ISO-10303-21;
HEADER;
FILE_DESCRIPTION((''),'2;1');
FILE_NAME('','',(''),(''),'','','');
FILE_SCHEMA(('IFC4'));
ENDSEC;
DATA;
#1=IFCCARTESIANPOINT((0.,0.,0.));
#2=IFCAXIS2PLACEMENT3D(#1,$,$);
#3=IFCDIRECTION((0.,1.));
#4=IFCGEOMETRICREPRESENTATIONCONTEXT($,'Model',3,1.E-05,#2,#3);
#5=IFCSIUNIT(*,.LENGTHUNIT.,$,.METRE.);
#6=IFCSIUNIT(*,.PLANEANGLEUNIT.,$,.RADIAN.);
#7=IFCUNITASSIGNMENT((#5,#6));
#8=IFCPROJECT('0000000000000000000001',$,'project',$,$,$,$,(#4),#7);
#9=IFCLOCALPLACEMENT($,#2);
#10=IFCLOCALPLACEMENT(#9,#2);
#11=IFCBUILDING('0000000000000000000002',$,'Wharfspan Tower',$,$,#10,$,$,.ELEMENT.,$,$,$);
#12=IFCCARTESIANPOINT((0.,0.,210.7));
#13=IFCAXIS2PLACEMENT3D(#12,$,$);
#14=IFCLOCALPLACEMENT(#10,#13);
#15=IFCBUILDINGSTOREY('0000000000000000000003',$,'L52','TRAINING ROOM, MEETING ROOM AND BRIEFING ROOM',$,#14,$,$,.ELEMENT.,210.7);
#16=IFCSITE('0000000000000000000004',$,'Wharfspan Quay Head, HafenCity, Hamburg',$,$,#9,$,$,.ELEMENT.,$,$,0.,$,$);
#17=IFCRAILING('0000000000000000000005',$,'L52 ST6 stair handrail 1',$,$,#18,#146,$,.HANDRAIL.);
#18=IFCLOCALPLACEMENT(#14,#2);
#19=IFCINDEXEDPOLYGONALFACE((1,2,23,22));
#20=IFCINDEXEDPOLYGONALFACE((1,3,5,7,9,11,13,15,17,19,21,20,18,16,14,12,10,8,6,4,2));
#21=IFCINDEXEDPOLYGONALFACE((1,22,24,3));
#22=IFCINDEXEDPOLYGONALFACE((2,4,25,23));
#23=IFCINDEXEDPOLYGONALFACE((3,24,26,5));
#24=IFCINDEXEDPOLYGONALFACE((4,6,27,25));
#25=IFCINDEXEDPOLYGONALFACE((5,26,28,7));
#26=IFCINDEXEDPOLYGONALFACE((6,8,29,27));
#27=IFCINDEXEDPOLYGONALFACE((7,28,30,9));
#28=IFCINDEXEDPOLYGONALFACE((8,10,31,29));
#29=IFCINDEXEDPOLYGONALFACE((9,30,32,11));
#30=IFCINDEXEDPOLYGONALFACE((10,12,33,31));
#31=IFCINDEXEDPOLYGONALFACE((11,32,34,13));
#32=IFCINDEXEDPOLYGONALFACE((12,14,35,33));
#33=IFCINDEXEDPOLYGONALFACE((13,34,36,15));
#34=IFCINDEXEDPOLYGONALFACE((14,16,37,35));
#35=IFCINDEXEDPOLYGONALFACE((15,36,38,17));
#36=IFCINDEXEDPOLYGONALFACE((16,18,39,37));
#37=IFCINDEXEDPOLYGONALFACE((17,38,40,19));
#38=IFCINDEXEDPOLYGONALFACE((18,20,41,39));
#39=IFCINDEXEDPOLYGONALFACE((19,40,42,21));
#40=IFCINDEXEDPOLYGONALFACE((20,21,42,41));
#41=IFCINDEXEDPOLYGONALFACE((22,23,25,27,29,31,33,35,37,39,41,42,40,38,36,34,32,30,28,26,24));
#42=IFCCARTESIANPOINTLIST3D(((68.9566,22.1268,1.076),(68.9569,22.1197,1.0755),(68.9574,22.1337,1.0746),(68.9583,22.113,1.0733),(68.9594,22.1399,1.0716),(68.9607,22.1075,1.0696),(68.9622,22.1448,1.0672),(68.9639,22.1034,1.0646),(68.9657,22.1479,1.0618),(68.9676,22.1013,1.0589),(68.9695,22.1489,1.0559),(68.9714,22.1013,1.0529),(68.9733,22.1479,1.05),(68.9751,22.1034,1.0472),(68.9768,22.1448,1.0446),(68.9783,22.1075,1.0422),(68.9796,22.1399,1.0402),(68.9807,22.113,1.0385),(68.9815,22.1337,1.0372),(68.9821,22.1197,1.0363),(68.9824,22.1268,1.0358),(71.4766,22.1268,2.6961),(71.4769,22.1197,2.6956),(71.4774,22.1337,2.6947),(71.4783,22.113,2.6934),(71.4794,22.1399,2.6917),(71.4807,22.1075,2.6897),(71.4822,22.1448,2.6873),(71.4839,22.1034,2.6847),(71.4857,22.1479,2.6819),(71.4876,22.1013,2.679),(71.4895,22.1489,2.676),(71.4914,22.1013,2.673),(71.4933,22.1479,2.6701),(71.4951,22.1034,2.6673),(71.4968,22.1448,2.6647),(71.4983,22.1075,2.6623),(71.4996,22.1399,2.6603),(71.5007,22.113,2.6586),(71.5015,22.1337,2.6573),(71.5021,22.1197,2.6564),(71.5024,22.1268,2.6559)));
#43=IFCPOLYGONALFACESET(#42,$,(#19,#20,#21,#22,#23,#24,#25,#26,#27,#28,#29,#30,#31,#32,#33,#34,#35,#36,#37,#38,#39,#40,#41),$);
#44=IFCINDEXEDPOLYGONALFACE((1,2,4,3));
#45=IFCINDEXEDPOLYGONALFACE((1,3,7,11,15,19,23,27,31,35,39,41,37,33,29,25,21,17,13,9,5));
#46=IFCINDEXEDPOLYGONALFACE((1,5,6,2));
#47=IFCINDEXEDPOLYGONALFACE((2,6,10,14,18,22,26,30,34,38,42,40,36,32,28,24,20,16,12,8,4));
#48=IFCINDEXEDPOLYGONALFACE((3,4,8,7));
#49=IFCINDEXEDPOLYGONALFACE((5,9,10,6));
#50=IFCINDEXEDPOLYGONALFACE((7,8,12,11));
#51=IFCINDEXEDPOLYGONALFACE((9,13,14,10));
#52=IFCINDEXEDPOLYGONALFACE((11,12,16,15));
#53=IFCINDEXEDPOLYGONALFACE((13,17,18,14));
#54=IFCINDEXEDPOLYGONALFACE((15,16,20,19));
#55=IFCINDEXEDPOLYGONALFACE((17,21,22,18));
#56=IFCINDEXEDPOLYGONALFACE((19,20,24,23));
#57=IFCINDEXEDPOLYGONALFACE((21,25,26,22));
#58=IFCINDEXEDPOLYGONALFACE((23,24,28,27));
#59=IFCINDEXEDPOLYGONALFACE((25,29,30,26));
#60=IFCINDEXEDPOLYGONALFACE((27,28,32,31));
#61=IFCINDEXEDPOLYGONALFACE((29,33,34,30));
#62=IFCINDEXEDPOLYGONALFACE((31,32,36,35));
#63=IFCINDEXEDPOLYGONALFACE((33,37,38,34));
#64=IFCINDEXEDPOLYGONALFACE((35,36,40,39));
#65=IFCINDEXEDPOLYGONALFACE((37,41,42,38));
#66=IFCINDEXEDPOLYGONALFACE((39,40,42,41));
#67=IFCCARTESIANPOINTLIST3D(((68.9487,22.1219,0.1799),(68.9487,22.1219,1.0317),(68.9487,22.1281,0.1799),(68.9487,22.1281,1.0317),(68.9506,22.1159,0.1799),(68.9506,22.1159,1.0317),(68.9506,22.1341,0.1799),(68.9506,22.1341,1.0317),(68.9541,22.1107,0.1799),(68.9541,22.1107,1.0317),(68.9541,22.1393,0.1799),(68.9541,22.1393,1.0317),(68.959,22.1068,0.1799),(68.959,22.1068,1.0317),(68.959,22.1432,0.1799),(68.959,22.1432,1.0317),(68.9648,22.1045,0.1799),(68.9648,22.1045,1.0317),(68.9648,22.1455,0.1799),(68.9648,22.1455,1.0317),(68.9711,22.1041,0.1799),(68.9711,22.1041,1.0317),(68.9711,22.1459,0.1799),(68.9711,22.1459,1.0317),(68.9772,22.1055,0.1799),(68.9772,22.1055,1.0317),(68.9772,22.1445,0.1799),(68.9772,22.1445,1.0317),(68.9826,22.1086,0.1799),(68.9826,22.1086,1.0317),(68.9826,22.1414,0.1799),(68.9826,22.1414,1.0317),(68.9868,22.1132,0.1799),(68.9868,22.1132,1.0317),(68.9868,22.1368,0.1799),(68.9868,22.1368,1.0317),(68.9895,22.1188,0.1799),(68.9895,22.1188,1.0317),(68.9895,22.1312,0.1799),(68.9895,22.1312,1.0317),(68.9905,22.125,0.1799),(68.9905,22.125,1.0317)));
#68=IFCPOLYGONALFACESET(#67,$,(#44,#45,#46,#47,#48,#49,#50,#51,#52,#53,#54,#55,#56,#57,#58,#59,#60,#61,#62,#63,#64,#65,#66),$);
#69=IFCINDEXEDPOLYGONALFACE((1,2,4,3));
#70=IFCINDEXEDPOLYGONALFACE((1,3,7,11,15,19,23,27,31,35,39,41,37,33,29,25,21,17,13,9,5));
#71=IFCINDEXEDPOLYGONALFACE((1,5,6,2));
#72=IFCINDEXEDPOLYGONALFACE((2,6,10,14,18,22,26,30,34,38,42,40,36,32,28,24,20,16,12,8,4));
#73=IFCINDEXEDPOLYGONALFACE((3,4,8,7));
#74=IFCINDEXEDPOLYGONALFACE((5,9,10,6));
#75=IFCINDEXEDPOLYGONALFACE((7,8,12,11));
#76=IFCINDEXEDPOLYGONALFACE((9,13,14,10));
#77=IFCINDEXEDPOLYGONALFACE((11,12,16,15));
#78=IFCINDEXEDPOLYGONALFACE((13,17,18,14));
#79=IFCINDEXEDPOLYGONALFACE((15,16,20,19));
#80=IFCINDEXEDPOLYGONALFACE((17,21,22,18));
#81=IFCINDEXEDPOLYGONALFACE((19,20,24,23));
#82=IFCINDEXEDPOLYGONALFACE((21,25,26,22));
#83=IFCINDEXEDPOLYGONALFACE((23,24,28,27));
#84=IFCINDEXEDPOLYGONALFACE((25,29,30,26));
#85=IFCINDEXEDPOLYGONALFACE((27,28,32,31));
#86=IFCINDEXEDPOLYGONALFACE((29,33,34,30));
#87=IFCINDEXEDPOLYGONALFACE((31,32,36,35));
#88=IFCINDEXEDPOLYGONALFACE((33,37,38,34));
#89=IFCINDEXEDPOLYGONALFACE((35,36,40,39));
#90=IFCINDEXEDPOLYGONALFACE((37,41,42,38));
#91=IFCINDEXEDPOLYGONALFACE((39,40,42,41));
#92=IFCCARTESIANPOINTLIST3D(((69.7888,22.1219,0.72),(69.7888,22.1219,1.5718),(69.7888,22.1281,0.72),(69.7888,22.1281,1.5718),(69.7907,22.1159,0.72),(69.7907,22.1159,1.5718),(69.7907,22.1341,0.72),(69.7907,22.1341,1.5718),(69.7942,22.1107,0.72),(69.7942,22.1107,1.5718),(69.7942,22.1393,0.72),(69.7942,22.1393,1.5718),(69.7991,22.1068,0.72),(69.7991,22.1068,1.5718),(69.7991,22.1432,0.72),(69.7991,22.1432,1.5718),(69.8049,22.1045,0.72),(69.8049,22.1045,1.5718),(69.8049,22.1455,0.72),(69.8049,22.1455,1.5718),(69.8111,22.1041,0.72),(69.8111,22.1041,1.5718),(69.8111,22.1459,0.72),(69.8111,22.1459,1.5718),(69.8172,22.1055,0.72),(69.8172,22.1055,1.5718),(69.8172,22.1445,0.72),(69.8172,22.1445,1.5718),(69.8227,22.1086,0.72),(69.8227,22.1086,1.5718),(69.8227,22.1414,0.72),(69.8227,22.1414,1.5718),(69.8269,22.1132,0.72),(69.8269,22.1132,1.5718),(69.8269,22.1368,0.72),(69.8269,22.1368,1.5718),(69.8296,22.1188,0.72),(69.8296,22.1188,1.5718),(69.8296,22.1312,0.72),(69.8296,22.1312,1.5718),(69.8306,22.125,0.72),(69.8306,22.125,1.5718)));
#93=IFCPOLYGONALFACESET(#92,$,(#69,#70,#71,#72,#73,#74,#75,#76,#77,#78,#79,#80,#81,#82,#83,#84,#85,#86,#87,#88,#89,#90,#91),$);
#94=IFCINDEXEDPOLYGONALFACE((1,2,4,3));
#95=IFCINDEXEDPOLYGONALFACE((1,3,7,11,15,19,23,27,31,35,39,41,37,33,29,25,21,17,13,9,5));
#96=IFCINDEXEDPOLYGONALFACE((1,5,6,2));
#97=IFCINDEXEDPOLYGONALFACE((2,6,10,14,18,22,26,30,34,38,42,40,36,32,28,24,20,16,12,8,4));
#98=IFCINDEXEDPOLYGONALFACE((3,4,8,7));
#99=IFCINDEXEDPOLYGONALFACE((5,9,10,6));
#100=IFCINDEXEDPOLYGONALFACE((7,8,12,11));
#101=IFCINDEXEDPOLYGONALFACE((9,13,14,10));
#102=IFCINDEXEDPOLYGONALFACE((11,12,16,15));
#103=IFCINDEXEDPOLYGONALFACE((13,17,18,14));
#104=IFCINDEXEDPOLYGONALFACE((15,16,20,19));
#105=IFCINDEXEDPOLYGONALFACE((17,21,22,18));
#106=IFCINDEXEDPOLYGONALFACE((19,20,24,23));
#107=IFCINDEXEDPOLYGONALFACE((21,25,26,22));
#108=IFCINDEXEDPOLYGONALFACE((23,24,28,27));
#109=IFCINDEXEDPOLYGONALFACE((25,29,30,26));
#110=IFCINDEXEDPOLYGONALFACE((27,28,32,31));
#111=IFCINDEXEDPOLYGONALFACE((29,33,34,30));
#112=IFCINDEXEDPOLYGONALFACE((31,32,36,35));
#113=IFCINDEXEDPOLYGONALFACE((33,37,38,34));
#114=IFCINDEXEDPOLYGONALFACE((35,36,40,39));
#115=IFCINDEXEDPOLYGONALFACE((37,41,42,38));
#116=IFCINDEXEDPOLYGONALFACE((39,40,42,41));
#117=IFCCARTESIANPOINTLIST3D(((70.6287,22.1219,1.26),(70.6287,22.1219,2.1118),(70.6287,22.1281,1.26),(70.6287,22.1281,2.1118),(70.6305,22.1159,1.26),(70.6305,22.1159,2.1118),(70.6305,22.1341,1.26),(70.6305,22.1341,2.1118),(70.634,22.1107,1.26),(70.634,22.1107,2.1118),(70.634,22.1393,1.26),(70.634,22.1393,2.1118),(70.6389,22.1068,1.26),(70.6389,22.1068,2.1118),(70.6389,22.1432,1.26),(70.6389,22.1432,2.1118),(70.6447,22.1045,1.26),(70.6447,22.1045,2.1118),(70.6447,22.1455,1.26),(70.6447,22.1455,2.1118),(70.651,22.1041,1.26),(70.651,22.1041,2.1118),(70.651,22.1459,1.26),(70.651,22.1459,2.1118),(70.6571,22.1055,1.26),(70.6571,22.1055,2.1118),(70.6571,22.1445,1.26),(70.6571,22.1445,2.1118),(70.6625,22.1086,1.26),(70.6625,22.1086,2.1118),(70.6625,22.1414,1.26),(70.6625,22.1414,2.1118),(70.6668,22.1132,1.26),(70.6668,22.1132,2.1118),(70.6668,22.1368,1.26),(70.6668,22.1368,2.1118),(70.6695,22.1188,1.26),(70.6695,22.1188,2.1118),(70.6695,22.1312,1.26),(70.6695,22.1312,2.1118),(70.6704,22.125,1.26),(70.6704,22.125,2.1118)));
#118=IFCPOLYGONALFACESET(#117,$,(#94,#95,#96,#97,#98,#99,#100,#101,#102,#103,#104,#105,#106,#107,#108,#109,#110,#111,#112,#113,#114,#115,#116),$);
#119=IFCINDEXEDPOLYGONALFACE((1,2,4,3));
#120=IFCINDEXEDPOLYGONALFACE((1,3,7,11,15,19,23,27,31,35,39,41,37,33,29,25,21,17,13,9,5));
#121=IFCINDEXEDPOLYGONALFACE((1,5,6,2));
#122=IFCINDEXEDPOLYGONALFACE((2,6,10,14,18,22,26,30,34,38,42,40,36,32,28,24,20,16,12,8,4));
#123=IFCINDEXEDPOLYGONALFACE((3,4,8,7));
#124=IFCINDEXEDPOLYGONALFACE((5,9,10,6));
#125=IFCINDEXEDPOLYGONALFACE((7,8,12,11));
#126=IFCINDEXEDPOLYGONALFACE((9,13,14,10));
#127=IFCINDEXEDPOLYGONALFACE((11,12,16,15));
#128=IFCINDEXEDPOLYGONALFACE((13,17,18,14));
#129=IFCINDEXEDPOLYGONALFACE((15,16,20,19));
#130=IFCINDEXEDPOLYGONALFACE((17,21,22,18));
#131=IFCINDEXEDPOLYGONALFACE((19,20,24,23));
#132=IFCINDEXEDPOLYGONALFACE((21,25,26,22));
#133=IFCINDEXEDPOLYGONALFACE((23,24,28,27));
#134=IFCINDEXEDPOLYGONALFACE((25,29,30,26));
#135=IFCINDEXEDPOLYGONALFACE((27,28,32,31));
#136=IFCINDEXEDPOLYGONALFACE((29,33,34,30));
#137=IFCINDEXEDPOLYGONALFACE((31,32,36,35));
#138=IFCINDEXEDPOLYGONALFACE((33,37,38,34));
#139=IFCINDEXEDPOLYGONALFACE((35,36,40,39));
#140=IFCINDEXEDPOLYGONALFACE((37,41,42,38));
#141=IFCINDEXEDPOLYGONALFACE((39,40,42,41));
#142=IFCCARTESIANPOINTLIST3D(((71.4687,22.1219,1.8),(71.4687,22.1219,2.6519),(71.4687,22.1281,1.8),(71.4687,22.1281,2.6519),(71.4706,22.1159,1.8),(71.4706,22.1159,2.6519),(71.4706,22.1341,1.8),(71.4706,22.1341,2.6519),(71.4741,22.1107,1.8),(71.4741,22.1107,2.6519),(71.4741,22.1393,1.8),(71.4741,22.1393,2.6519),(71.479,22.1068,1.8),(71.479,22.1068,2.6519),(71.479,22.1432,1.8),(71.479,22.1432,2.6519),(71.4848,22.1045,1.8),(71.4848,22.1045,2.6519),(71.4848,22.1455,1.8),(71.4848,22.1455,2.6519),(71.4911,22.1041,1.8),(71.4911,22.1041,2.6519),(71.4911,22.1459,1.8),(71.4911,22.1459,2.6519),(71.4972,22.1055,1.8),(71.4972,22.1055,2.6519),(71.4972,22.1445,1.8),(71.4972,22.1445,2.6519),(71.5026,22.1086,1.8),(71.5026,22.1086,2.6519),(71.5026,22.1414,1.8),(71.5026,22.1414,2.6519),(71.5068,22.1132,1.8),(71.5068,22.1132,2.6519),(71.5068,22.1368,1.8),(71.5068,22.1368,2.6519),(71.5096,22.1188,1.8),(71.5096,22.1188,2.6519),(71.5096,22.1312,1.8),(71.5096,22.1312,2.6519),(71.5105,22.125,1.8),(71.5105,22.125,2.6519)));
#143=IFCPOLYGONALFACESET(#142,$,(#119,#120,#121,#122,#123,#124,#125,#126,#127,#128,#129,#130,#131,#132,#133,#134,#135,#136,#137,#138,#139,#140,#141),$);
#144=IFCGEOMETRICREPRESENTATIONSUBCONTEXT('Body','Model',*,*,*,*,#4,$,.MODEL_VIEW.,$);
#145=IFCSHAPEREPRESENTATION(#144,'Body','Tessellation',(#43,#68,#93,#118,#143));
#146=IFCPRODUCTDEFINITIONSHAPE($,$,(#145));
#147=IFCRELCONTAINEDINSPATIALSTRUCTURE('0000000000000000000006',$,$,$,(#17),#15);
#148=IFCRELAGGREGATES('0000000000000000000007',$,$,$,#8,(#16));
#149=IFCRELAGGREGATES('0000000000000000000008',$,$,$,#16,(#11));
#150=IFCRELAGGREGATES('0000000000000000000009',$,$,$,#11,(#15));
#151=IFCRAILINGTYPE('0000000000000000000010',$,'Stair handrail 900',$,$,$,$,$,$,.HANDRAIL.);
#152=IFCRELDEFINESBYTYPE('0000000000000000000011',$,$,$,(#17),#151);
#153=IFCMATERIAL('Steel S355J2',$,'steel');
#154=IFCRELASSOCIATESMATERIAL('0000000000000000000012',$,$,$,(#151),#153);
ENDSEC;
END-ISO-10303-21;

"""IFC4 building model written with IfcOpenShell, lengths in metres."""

from ifc_helpers import new_model, si_unit, direction, frame, origin, origin_2d, place, context, subcontext, project, spatial, circle, extrude, material, type_object, element, save


model = new_model("IFC4")

# Units and contexts
model_context = context("Model", 3, precision=1e-05, world=origin(), true_north=direction((0.0, 1.0)))
body_context = subcontext(model_context, "Body", "Model", "MODEL_VIEW")
ifc_project = project(units=[si_unit("LENGTHUNIT", "METRE"), si_unit("PLANEANGLEUNIT", "RADIAN")], contexts=[model_context])

# Site, building, storey
site_placement = place(None, origin())
site = spatial("IfcSite", under=ifc_project, at=site_placement, Name="Wharfspan Quay Head, HafenCity, Hamburg", CompositionType="ELEMENT", RefElevation=0.0)
building_placement = place(site_placement, origin())
building = spatial("IfcBuilding", under=site, at=building_placement, Name="Wharfspan Tower", CompositionType="ELEMENT")
storey_placement = place(building_placement, frame((0.0, 0.0, 210.7)))
storey = spatial("IfcBuildingStorey", under=building, at=storey_placement, Name="L52", Description="TRAINING ROOM, MEETING ROOM AND BRIEFING ROOM", CompositionType="ELEMENT", Elevation=210.7)

# Railing
ifc_material_1 = material(Name="Steel S355J2", Category="steel")
railing_type_1 = type_object("IfcRailingType", Name="Stair handrail 900", PredefinedType="HANDRAIL", material=ifc_material_1)
railing_1_placement = place(storey_placement, frame((68.9695, 22.125, 0.1799)))
element("IfcRailing", 1, at=railing_1_placement, inside=storey, type_object=railing_type_1, Name="L52 ST6 stair handrail 1", PredefinedType="HANDRAIL", context=body_context, shape_type="SweptSolid", body=[
    extrude(circle(Radius=0.0239, at=origin_2d()), frame((0.0, 0.0, 0.876), z_axis=(0.841163, 0.0, 0.540782), x_axis=(0.0, 1.0, 0.0)), (0.0, 0.0, 1.0), 2.9958),
    extrude(circle(Radius=0.021, at=origin_2d()), origin(), (0.0, 0.0, 1.0), 0.8518),
    extrude(circle(Radius=0.021, at=origin_2d()), frame((0.8401, 0.0, 0.54)), (0.0, 0.0, 1.0), 0.8518),
    extrude(circle(Radius=0.021, at=origin_2d()), frame((1.6799, 0.0, 1.0801)), (0.0, 0.0, 1.0), 0.8518),
    extrude(circle(Radius=0.021, at=origin_2d()), frame((2.52, 0.0, 1.6201)), (0.0, 0.0, 1.0), 0.8518),
])

save(model, "model.ifc")
